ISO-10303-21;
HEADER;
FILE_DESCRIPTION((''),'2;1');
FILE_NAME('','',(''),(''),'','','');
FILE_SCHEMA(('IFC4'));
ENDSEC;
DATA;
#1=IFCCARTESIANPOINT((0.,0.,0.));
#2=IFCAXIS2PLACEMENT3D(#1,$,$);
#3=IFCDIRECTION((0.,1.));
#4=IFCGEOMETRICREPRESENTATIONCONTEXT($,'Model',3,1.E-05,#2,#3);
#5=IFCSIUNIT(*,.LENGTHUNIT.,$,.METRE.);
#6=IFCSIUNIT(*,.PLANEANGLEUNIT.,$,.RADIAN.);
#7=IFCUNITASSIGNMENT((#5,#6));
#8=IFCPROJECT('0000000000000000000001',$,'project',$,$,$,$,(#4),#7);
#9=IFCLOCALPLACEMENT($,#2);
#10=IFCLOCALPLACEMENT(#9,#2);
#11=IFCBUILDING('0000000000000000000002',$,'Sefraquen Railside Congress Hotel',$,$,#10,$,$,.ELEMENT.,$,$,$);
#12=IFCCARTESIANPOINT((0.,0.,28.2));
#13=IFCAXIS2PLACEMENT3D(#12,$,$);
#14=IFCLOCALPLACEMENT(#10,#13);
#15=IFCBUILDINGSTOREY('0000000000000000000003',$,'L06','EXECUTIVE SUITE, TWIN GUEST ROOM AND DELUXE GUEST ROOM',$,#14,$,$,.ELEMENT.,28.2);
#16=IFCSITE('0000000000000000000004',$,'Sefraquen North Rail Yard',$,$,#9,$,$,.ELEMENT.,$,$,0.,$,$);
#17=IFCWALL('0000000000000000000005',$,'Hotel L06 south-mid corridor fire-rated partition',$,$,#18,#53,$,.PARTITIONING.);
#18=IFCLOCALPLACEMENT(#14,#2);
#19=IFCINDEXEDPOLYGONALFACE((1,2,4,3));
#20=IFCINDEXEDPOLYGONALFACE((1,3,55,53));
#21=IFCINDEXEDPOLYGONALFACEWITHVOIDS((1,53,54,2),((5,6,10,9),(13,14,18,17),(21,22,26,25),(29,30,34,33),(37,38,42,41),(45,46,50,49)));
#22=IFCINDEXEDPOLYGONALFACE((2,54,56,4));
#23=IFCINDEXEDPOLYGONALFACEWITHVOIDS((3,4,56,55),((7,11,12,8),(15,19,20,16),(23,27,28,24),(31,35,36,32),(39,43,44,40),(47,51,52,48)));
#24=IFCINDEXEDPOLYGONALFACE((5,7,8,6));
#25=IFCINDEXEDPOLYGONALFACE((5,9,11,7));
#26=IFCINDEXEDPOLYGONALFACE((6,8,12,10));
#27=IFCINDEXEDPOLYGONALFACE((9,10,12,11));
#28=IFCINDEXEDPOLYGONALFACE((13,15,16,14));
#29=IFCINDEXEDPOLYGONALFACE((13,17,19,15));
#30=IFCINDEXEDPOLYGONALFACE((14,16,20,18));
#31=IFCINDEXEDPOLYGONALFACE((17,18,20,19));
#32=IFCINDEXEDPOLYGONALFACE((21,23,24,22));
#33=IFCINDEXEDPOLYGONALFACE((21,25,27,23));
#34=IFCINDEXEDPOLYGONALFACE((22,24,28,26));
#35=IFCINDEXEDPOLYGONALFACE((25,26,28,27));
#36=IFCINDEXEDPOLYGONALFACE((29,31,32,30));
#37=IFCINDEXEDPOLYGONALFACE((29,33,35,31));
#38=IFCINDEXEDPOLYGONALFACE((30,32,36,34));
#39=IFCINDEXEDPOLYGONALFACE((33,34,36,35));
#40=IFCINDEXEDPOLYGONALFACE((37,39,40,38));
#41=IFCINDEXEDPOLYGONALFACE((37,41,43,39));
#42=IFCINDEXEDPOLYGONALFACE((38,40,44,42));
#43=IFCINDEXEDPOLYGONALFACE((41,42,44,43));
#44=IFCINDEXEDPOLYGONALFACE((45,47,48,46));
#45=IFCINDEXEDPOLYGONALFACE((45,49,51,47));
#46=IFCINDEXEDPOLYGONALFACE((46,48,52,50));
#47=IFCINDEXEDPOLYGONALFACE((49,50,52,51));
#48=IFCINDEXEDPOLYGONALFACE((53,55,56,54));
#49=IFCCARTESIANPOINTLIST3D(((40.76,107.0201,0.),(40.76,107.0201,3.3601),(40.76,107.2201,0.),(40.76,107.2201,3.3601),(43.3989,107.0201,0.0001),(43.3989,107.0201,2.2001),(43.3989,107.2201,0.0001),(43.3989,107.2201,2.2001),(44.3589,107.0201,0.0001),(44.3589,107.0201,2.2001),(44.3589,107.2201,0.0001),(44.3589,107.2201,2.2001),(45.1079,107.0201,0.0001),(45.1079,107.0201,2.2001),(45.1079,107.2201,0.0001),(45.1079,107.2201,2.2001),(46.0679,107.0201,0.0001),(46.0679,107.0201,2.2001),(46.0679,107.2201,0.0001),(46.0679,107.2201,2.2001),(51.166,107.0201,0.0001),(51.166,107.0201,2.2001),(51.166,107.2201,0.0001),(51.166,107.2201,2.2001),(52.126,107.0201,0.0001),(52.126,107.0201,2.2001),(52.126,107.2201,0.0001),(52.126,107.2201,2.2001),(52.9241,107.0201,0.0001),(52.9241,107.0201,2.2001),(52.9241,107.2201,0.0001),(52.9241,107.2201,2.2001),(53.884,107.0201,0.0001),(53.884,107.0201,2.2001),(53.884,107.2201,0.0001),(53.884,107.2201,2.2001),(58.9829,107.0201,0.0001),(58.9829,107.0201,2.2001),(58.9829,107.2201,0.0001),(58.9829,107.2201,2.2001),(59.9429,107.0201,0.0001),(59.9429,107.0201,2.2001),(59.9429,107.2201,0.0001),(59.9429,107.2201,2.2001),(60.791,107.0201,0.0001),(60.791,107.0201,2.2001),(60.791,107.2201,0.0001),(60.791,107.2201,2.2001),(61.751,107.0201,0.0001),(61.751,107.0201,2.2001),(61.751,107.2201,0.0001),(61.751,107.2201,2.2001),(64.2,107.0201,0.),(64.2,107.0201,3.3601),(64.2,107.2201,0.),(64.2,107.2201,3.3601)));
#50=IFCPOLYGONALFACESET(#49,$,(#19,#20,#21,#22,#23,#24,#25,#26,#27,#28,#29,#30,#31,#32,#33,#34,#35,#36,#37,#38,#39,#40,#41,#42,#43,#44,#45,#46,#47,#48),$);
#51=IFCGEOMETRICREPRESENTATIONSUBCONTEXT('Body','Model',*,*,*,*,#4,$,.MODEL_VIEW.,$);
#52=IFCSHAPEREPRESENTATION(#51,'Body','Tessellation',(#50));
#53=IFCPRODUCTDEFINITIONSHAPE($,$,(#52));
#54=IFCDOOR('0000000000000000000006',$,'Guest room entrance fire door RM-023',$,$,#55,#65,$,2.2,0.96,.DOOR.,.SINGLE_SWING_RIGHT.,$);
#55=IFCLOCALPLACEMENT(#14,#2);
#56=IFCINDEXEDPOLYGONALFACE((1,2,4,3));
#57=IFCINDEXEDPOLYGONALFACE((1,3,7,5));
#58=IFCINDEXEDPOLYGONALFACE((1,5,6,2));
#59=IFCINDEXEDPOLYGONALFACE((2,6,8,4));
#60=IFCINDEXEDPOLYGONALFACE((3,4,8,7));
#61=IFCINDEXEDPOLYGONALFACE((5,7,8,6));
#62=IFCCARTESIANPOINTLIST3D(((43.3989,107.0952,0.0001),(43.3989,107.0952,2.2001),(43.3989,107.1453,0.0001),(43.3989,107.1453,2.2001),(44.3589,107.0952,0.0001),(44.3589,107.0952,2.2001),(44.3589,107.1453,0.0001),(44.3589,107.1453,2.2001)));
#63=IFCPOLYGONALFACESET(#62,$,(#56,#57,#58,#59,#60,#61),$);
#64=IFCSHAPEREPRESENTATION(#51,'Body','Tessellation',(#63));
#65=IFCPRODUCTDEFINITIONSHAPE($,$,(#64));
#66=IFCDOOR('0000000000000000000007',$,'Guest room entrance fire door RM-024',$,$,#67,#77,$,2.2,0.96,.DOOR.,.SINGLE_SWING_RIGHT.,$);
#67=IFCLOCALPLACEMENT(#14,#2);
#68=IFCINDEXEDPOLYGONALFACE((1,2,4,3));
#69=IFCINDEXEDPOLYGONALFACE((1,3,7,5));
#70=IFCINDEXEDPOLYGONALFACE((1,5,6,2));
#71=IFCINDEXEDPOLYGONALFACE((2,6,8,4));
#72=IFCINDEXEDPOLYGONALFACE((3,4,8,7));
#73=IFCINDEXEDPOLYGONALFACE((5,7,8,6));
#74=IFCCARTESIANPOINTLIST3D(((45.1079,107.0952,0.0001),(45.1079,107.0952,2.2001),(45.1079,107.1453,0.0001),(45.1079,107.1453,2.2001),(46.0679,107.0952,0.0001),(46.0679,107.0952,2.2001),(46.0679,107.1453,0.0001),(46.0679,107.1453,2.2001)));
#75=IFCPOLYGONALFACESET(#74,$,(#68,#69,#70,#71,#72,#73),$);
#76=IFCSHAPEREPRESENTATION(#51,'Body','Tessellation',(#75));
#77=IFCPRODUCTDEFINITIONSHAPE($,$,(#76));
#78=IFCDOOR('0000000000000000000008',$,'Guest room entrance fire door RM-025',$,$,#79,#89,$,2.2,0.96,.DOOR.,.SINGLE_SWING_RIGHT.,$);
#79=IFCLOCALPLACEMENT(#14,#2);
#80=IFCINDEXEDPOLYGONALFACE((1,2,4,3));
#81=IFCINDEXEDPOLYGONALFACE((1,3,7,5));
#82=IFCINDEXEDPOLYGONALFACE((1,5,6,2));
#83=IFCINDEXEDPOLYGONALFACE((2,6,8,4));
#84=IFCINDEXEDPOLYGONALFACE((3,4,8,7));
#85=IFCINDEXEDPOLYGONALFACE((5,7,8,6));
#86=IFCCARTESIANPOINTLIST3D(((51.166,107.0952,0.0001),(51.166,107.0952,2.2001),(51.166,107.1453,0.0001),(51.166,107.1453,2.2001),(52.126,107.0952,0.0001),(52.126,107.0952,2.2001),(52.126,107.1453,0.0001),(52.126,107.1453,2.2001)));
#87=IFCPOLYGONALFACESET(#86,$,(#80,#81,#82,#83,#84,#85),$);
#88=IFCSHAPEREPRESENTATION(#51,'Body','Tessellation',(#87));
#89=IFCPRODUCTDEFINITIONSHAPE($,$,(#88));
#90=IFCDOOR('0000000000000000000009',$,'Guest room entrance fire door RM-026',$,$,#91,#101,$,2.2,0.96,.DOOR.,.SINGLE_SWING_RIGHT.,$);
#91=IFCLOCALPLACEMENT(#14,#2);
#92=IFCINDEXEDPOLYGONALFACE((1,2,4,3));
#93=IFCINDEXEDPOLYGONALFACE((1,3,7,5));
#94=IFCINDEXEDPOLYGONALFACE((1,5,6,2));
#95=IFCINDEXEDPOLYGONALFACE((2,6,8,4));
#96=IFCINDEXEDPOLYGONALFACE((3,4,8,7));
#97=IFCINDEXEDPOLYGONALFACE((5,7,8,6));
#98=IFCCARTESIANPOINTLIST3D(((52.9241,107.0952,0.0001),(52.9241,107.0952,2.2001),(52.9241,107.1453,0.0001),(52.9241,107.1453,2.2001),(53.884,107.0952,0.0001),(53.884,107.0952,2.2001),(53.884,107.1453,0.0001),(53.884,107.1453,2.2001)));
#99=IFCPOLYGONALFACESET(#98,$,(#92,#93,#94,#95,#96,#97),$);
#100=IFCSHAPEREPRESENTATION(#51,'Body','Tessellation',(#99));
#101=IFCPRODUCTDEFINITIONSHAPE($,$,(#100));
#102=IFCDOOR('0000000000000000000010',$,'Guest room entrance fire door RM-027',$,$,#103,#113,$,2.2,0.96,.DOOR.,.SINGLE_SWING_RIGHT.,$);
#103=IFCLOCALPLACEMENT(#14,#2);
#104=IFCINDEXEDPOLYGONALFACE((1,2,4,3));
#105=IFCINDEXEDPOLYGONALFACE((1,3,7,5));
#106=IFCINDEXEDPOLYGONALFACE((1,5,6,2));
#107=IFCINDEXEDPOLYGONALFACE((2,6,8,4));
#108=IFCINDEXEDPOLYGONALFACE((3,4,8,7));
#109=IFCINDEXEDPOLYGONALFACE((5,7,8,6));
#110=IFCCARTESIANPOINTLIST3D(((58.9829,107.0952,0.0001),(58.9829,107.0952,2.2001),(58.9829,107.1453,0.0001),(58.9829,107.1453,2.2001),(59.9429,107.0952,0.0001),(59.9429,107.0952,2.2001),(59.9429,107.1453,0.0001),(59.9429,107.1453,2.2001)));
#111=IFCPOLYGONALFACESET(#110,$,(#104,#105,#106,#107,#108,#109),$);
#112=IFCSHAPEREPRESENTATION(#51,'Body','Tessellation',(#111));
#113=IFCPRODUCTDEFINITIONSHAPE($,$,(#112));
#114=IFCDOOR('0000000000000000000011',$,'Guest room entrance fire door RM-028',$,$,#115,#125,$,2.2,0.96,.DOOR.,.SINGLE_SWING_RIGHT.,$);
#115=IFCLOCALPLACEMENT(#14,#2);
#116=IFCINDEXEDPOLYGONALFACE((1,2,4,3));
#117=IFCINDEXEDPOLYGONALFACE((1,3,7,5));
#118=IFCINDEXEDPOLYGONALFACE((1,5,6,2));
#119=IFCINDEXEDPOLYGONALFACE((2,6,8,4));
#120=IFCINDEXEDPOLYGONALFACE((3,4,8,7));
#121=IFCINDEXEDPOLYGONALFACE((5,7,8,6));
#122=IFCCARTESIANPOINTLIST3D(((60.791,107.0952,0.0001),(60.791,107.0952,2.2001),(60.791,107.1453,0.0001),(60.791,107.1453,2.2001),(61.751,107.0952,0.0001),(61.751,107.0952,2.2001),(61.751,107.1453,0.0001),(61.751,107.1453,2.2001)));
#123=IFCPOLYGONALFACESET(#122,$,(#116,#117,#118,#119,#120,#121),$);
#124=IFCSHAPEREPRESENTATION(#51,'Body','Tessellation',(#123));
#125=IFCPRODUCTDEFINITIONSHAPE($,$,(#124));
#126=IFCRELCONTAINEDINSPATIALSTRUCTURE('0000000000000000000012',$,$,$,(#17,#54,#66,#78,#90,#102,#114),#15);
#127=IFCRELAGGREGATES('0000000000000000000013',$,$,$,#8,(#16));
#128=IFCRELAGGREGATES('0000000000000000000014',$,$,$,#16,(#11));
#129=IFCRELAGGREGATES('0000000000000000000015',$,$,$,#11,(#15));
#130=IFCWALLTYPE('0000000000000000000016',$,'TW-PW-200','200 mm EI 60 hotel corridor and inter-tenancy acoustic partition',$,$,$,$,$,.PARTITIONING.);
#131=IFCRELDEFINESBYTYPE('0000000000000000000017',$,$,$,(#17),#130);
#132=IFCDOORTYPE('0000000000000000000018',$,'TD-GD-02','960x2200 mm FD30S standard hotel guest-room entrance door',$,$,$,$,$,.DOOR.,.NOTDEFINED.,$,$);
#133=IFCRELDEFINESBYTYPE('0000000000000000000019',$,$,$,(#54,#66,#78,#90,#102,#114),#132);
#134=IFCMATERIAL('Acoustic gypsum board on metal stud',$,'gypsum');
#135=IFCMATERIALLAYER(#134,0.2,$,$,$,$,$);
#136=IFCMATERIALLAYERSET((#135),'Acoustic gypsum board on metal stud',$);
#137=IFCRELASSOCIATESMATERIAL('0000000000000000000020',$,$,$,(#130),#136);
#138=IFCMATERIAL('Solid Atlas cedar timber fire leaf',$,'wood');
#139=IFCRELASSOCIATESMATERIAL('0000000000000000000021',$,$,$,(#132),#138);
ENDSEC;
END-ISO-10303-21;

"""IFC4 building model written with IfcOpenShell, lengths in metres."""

from ifc_helpers import new_model, si_unit, direction, frame, frame_2d, origin, place, context, subcontext, project, spatial, rectangle, extrude, material, layer, layer_set, type_object, element, fill, save


model = new_model("IFC4")

# Units and contexts
model_context = context("Model", 3, precision=1e-05, world=origin(), true_north=direction((0.0, 1.0)))
body_context = subcontext(model_context, "Body", "Model", "MODEL_VIEW")
ifc_project = project(units=[si_unit("LENGTHUNIT", "METRE"), si_unit("PLANEANGLEUNIT", "RADIAN")], contexts=[model_context])

# Site, building, storey
site_placement = place(None, origin())
site = spatial("IfcSite", under=ifc_project, at=site_placement, Name="Sefraquen North Rail Yard", CompositionType="ELEMENT", RefElevation=0.0)
building_placement = place(site_placement, origin())
building = spatial("IfcBuilding", under=site, at=building_placement, Name="Sefraquen Railside Congress Hotel", CompositionType="ELEMENT")
storey_placement = place(building_placement, frame((0.0, 0.0, 28.2)))
storey = spatial("IfcBuildingStorey", under=building, at=storey_placement, Name="L06", Description="EXECUTIVE SUITE, TWIN GUEST ROOM AND DELUXE GUEST ROOM", CompositionType="ELEMENT", Elevation=28.2)

# Shared definitions
ifc_material_1 = material(Name="Acoustic gypsum board on metal stud", Category="gypsum")

# Wall, openings, doors
ifc_layer_1 = layer(ifc_material_1, 0.2)
ifc_layer_set_1 = layer_set([ifc_layer_1], Name="Acoustic gypsum board on metal stud")
wall_type_1 = type_object("IfcWallType", Name="TW-PW-200", Description="200 mm EI 60 hotel corridor and inter-tenancy acoustic partition", PredefinedType="PARTITIONING", material=ifc_layer_set_1)
wall_1_placement = place(storey_placement, frame((40.76, 107.1201, 0.0), z_axis=(0.0, 0.0, 1.0), x_axis=(1.0, 0.0, 0.0)))
wall_1 = element("IfcWall", 1, at=wall_1_placement, inside=storey, type_object=wall_type_1, Name="Hotel L06 south-mid corridor fire-rated partition", PredefinedType="PARTITIONING", context=body_context, shape_type="SweptSolid", body=[
    extrude(rectangle(XDim=23.4399, YDim=0.2, at=frame_2d((11.72, 0.0))), origin(), (0.0, 0.0, 1.0), 3.3601),
])
opening_1_placement = place(wall_1_placement, frame((2.6389, 0.0, 0.0)))
opening_1 = element("IfcOpeningElement", 2, at=opening_1_placement, cuts=wall_1, PredefinedType="OPENING", context=body_context, shape_type="SweptSolid", body=[
    extrude(rectangle(XDim=0.96, YDim=2.2, at=frame_2d((0.48, 1.1001))), frame((0.0, 0.1099, 0.0), z_axis=(0.0, -1.0, 0.0), x_axis=(1.0, 0.0, 0.0)), (0.0, 0.0, 1.0), 0.22),
])
opening_2_placement = place(wall_1_placement, frame((4.3479, 0.0, 0.0)))
opening_2 = element("IfcOpeningElement", 3, at=opening_2_placement, cuts=wall_1, PredefinedType="OPENING", context=body_context, shape_type="SweptSolid", body=[
    extrude(rectangle(XDim=0.96, YDim=2.2, at=frame_2d((0.48, 1.1001))), frame((0.0, 0.1099, 0.0), z_axis=(0.0, -1.0, 0.0), x_axis=(1.0, 0.0, 0.0)), (0.0, 0.0, 1.0), 0.22),
])
opening_3_placement = place(wall_1_placement, frame((10.406, 0.0, 0.0)))
opening_3 = element("IfcOpeningElement", 4, at=opening_3_placement, cuts=wall_1, PredefinedType="OPENING", context=body_context, shape_type="SweptSolid", body=[
    extrude(rectangle(XDim=0.96, YDim=2.2, at=frame_2d((0.48, 1.1001))), frame((0.0, 0.1099, 0.0), z_axis=(0.0, -1.0, 0.0), x_axis=(1.0, 0.0, 0.0)), (0.0, 0.0, 1.0), 0.22),
])
opening_4_placement = place(wall_1_placement, frame((12.1641, 0.0, 0.0)))
opening_4 = element("IfcOpeningElement", 5, at=opening_4_placement, cuts=wall_1, PredefinedType="OPENING", context=body_context, shape_type="SweptSolid", body=[
    extrude(rectangle(XDim=0.96, YDim=2.2, at=frame_2d((0.48, 1.1001))), frame((0.0, 0.1099, 0.0), z_axis=(0.0, -1.0, 0.0), x_axis=(1.0, 0.0, 0.0)), (0.0, 0.0, 1.0), 0.22),
])
opening_5_placement = place(wall_1_placement, frame((18.2229, 0.0, 0.0)))
opening_5 = element("IfcOpeningElement", 6, at=opening_5_placement, cuts=wall_1, PredefinedType="OPENING", context=body_context, shape_type="SweptSolid", body=[
    extrude(rectangle(XDim=0.96, YDim=2.2, at=frame_2d((0.48, 1.1001))), frame((0.0, 0.1099, 0.0), z_axis=(0.0, -1.0, 0.0), x_axis=(1.0, 0.0, 0.0)), (0.0, 0.0, 1.0), 0.22),
])
opening_6_placement = place(wall_1_placement, frame((20.031, 0.0, 0.0)))
opening_6 = element("IfcOpeningElement", 7, at=opening_6_placement, cuts=wall_1, PredefinedType="OPENING", context=body_context, shape_type="SweptSolid", body=[
    extrude(rectangle(XDim=0.96, YDim=2.2, at=frame_2d((0.48, 1.1001))), frame((0.0, 0.1099, 0.0), z_axis=(0.0, -1.0, 0.0), x_axis=(1.0, 0.0, 0.0)), (0.0, 0.0, 1.0), 0.22),
])
ifc_material_2 = material(Name="Solid Atlas cedar timber fire leaf", Category="wood")
door_type_1 = type_object("IfcDoorType", Name="TD-GD-02", Description="960x2200 mm FD30S standard hotel guest-room entrance door", OperationType="NOTDEFINED", PredefinedType="DOOR", material=ifc_material_2)
door_1_placement = place(opening_1_placement, frame((0.96, 0.0, 0.0), z_axis=(0.0, 0.0, 1.0), x_axis=(-1.0, 0.0, 0.0)))
door_1 = element("IfcDoor", 8, at=door_1_placement, inside=storey, type_object=door_type_1, Name="Guest room entrance fire door RM-023", OperationType="SINGLE_SWING_RIGHT", OverallHeight=2.2, OverallWidth=0.96, PredefinedType="DOOR", context=body_context, shape_type="SweptSolid", body=[
    extrude(rectangle(XDim=0.96, YDim=2.2, at=frame_2d((0.48, 1.1001))), frame((0.0, 0.0249, 0.0), z_axis=(0.0, -1.0, 0.0), x_axis=(1.0, 0.0, 0.0)), (0.0, 0.0, 1.0), 0.05),
])
fill(opening_1, door_1)
door_2_placement = place(opening_2_placement, frame((0.96, 0.0, 0.0), z_axis=(0.0, 0.0, 1.0), x_axis=(-1.0, 0.0, 0.0)))
door_2 = element("IfcDoor", 9, at=door_2_placement, inside=storey, type_object=door_type_1, Name="Guest room entrance fire door RM-024", OperationType="SINGLE_SWING_RIGHT", OverallHeight=2.2, OverallWidth=0.96, PredefinedType="DOOR", context=body_context, shape_type="SweptSolid", body=[
    extrude(rectangle(XDim=0.96, YDim=2.2, at=frame_2d((0.48, 1.1001))), frame((0.0, 0.0249, 0.0), z_axis=(0.0, -1.0, 0.0), x_axis=(1.0, 0.0, 0.0)), (0.0, 0.0, 1.0), 0.05),
])
fill(opening_2, door_2)
door_3_placement = place(opening_3_placement, frame((0.96, 0.0, 0.0), z_axis=(0.0, 0.0, 1.0), x_axis=(-1.0, 0.0, 0.0)))
door_3 = element("IfcDoor", 10, at=door_3_placement, inside=storey, type_object=door_type_1, Name="Guest room entrance fire door RM-025", OperationType="SINGLE_SWING_RIGHT", OverallHeight=2.2, OverallWidth=0.96, PredefinedType="DOOR", context=body_context, shape_type="SweptSolid", body=[
    extrude(rectangle(XDim=0.96, YDim=2.2, at=frame_2d((0.48, 1.1001))), frame((0.0, 0.0249, 0.0), z_axis=(0.0, -1.0, 0.0), x_axis=(1.0, 0.0, 0.0)), (0.0, 0.0, 1.0), 0.05),
])
fill(opening_3, door_3)
door_4_placement = place(opening_4_placement, frame((0.96, 0.0, 0.0), z_axis=(0.0, 0.0, 1.0), x_axis=(-1.0, 0.0, 0.0)))
door_4 = element("IfcDoor", 11, at=door_4_placement, inside=storey, type_object=door_type_1, Name="Guest room entrance fire door RM-026", OperationType="SINGLE_SWING_RIGHT", OverallHeight=2.2, OverallWidth=0.96, PredefinedType="DOOR", context=body_context, shape_type="SweptSolid", body=[
    extrude(rectangle(XDim=0.96, YDim=2.2, at=frame_2d((0.48, 1.1001))), frame((0.0, 0.0249, 0.0), z_axis=(0.0, -1.0, 0.0), x_axis=(1.0, 0.0, 0.0)), (0.0, 0.0, 1.0), 0.05),
])
fill(opening_4, door_4)
door_5_placement = place(opening_5_placement, frame((0.96, 0.0, 0.0), z_axis=(0.0, 0.0, 1.0), x_axis=(-1.0, 0.0, 0.0)))
door_5 = element("IfcDoor", 12, at=door_5_placement, inside=storey, type_object=door_type_1, Name="Guest room entrance fire door RM-027", OperationType="SINGLE_SWING_RIGHT", OverallHeight=2.2, OverallWidth=0.96, PredefinedType="DOOR", context=body_context, shape_type="SweptSolid", body=[
    extrude(rectangle(XDim=0.96, YDim=2.2, at=frame_2d((0.48, 1.1001))), frame((0.0, 0.0249, 0.0), z_axis=(0.0, -1.0, 0.0), x_axis=(1.0, 0.0, 0.0)), (0.0, 0.0, 1.0), 0.05),
])
fill(opening_5, door_5)
door_6_placement = place(opening_6_placement, frame((0.96, 0.0, 0.0), z_axis=(0.0, 0.0, 1.0), x_axis=(-1.0, 0.0, 0.0)))
door_6 = element("IfcDoor", 13, at=door_6_placement, inside=storey, type_object=door_type_1, Name="Guest room entrance fire door RM-028", OperationType="SINGLE_SWING_RIGHT", OverallHeight=2.2, OverallWidth=0.96, PredefinedType="DOOR", context=body_context, shape_type="SweptSolid", body=[
    extrude(rectangle(XDim=0.96, YDim=2.2, at=frame_2d((0.48, 1.1001))), frame((0.0, 0.0249, 0.0), z_axis=(0.0, -1.0, 0.0), x_axis=(1.0, 0.0, 0.0)), (0.0, 0.0, 1.0), 0.05),
])
fill(opening_6, door_6)

save(model, "model.ifc")
